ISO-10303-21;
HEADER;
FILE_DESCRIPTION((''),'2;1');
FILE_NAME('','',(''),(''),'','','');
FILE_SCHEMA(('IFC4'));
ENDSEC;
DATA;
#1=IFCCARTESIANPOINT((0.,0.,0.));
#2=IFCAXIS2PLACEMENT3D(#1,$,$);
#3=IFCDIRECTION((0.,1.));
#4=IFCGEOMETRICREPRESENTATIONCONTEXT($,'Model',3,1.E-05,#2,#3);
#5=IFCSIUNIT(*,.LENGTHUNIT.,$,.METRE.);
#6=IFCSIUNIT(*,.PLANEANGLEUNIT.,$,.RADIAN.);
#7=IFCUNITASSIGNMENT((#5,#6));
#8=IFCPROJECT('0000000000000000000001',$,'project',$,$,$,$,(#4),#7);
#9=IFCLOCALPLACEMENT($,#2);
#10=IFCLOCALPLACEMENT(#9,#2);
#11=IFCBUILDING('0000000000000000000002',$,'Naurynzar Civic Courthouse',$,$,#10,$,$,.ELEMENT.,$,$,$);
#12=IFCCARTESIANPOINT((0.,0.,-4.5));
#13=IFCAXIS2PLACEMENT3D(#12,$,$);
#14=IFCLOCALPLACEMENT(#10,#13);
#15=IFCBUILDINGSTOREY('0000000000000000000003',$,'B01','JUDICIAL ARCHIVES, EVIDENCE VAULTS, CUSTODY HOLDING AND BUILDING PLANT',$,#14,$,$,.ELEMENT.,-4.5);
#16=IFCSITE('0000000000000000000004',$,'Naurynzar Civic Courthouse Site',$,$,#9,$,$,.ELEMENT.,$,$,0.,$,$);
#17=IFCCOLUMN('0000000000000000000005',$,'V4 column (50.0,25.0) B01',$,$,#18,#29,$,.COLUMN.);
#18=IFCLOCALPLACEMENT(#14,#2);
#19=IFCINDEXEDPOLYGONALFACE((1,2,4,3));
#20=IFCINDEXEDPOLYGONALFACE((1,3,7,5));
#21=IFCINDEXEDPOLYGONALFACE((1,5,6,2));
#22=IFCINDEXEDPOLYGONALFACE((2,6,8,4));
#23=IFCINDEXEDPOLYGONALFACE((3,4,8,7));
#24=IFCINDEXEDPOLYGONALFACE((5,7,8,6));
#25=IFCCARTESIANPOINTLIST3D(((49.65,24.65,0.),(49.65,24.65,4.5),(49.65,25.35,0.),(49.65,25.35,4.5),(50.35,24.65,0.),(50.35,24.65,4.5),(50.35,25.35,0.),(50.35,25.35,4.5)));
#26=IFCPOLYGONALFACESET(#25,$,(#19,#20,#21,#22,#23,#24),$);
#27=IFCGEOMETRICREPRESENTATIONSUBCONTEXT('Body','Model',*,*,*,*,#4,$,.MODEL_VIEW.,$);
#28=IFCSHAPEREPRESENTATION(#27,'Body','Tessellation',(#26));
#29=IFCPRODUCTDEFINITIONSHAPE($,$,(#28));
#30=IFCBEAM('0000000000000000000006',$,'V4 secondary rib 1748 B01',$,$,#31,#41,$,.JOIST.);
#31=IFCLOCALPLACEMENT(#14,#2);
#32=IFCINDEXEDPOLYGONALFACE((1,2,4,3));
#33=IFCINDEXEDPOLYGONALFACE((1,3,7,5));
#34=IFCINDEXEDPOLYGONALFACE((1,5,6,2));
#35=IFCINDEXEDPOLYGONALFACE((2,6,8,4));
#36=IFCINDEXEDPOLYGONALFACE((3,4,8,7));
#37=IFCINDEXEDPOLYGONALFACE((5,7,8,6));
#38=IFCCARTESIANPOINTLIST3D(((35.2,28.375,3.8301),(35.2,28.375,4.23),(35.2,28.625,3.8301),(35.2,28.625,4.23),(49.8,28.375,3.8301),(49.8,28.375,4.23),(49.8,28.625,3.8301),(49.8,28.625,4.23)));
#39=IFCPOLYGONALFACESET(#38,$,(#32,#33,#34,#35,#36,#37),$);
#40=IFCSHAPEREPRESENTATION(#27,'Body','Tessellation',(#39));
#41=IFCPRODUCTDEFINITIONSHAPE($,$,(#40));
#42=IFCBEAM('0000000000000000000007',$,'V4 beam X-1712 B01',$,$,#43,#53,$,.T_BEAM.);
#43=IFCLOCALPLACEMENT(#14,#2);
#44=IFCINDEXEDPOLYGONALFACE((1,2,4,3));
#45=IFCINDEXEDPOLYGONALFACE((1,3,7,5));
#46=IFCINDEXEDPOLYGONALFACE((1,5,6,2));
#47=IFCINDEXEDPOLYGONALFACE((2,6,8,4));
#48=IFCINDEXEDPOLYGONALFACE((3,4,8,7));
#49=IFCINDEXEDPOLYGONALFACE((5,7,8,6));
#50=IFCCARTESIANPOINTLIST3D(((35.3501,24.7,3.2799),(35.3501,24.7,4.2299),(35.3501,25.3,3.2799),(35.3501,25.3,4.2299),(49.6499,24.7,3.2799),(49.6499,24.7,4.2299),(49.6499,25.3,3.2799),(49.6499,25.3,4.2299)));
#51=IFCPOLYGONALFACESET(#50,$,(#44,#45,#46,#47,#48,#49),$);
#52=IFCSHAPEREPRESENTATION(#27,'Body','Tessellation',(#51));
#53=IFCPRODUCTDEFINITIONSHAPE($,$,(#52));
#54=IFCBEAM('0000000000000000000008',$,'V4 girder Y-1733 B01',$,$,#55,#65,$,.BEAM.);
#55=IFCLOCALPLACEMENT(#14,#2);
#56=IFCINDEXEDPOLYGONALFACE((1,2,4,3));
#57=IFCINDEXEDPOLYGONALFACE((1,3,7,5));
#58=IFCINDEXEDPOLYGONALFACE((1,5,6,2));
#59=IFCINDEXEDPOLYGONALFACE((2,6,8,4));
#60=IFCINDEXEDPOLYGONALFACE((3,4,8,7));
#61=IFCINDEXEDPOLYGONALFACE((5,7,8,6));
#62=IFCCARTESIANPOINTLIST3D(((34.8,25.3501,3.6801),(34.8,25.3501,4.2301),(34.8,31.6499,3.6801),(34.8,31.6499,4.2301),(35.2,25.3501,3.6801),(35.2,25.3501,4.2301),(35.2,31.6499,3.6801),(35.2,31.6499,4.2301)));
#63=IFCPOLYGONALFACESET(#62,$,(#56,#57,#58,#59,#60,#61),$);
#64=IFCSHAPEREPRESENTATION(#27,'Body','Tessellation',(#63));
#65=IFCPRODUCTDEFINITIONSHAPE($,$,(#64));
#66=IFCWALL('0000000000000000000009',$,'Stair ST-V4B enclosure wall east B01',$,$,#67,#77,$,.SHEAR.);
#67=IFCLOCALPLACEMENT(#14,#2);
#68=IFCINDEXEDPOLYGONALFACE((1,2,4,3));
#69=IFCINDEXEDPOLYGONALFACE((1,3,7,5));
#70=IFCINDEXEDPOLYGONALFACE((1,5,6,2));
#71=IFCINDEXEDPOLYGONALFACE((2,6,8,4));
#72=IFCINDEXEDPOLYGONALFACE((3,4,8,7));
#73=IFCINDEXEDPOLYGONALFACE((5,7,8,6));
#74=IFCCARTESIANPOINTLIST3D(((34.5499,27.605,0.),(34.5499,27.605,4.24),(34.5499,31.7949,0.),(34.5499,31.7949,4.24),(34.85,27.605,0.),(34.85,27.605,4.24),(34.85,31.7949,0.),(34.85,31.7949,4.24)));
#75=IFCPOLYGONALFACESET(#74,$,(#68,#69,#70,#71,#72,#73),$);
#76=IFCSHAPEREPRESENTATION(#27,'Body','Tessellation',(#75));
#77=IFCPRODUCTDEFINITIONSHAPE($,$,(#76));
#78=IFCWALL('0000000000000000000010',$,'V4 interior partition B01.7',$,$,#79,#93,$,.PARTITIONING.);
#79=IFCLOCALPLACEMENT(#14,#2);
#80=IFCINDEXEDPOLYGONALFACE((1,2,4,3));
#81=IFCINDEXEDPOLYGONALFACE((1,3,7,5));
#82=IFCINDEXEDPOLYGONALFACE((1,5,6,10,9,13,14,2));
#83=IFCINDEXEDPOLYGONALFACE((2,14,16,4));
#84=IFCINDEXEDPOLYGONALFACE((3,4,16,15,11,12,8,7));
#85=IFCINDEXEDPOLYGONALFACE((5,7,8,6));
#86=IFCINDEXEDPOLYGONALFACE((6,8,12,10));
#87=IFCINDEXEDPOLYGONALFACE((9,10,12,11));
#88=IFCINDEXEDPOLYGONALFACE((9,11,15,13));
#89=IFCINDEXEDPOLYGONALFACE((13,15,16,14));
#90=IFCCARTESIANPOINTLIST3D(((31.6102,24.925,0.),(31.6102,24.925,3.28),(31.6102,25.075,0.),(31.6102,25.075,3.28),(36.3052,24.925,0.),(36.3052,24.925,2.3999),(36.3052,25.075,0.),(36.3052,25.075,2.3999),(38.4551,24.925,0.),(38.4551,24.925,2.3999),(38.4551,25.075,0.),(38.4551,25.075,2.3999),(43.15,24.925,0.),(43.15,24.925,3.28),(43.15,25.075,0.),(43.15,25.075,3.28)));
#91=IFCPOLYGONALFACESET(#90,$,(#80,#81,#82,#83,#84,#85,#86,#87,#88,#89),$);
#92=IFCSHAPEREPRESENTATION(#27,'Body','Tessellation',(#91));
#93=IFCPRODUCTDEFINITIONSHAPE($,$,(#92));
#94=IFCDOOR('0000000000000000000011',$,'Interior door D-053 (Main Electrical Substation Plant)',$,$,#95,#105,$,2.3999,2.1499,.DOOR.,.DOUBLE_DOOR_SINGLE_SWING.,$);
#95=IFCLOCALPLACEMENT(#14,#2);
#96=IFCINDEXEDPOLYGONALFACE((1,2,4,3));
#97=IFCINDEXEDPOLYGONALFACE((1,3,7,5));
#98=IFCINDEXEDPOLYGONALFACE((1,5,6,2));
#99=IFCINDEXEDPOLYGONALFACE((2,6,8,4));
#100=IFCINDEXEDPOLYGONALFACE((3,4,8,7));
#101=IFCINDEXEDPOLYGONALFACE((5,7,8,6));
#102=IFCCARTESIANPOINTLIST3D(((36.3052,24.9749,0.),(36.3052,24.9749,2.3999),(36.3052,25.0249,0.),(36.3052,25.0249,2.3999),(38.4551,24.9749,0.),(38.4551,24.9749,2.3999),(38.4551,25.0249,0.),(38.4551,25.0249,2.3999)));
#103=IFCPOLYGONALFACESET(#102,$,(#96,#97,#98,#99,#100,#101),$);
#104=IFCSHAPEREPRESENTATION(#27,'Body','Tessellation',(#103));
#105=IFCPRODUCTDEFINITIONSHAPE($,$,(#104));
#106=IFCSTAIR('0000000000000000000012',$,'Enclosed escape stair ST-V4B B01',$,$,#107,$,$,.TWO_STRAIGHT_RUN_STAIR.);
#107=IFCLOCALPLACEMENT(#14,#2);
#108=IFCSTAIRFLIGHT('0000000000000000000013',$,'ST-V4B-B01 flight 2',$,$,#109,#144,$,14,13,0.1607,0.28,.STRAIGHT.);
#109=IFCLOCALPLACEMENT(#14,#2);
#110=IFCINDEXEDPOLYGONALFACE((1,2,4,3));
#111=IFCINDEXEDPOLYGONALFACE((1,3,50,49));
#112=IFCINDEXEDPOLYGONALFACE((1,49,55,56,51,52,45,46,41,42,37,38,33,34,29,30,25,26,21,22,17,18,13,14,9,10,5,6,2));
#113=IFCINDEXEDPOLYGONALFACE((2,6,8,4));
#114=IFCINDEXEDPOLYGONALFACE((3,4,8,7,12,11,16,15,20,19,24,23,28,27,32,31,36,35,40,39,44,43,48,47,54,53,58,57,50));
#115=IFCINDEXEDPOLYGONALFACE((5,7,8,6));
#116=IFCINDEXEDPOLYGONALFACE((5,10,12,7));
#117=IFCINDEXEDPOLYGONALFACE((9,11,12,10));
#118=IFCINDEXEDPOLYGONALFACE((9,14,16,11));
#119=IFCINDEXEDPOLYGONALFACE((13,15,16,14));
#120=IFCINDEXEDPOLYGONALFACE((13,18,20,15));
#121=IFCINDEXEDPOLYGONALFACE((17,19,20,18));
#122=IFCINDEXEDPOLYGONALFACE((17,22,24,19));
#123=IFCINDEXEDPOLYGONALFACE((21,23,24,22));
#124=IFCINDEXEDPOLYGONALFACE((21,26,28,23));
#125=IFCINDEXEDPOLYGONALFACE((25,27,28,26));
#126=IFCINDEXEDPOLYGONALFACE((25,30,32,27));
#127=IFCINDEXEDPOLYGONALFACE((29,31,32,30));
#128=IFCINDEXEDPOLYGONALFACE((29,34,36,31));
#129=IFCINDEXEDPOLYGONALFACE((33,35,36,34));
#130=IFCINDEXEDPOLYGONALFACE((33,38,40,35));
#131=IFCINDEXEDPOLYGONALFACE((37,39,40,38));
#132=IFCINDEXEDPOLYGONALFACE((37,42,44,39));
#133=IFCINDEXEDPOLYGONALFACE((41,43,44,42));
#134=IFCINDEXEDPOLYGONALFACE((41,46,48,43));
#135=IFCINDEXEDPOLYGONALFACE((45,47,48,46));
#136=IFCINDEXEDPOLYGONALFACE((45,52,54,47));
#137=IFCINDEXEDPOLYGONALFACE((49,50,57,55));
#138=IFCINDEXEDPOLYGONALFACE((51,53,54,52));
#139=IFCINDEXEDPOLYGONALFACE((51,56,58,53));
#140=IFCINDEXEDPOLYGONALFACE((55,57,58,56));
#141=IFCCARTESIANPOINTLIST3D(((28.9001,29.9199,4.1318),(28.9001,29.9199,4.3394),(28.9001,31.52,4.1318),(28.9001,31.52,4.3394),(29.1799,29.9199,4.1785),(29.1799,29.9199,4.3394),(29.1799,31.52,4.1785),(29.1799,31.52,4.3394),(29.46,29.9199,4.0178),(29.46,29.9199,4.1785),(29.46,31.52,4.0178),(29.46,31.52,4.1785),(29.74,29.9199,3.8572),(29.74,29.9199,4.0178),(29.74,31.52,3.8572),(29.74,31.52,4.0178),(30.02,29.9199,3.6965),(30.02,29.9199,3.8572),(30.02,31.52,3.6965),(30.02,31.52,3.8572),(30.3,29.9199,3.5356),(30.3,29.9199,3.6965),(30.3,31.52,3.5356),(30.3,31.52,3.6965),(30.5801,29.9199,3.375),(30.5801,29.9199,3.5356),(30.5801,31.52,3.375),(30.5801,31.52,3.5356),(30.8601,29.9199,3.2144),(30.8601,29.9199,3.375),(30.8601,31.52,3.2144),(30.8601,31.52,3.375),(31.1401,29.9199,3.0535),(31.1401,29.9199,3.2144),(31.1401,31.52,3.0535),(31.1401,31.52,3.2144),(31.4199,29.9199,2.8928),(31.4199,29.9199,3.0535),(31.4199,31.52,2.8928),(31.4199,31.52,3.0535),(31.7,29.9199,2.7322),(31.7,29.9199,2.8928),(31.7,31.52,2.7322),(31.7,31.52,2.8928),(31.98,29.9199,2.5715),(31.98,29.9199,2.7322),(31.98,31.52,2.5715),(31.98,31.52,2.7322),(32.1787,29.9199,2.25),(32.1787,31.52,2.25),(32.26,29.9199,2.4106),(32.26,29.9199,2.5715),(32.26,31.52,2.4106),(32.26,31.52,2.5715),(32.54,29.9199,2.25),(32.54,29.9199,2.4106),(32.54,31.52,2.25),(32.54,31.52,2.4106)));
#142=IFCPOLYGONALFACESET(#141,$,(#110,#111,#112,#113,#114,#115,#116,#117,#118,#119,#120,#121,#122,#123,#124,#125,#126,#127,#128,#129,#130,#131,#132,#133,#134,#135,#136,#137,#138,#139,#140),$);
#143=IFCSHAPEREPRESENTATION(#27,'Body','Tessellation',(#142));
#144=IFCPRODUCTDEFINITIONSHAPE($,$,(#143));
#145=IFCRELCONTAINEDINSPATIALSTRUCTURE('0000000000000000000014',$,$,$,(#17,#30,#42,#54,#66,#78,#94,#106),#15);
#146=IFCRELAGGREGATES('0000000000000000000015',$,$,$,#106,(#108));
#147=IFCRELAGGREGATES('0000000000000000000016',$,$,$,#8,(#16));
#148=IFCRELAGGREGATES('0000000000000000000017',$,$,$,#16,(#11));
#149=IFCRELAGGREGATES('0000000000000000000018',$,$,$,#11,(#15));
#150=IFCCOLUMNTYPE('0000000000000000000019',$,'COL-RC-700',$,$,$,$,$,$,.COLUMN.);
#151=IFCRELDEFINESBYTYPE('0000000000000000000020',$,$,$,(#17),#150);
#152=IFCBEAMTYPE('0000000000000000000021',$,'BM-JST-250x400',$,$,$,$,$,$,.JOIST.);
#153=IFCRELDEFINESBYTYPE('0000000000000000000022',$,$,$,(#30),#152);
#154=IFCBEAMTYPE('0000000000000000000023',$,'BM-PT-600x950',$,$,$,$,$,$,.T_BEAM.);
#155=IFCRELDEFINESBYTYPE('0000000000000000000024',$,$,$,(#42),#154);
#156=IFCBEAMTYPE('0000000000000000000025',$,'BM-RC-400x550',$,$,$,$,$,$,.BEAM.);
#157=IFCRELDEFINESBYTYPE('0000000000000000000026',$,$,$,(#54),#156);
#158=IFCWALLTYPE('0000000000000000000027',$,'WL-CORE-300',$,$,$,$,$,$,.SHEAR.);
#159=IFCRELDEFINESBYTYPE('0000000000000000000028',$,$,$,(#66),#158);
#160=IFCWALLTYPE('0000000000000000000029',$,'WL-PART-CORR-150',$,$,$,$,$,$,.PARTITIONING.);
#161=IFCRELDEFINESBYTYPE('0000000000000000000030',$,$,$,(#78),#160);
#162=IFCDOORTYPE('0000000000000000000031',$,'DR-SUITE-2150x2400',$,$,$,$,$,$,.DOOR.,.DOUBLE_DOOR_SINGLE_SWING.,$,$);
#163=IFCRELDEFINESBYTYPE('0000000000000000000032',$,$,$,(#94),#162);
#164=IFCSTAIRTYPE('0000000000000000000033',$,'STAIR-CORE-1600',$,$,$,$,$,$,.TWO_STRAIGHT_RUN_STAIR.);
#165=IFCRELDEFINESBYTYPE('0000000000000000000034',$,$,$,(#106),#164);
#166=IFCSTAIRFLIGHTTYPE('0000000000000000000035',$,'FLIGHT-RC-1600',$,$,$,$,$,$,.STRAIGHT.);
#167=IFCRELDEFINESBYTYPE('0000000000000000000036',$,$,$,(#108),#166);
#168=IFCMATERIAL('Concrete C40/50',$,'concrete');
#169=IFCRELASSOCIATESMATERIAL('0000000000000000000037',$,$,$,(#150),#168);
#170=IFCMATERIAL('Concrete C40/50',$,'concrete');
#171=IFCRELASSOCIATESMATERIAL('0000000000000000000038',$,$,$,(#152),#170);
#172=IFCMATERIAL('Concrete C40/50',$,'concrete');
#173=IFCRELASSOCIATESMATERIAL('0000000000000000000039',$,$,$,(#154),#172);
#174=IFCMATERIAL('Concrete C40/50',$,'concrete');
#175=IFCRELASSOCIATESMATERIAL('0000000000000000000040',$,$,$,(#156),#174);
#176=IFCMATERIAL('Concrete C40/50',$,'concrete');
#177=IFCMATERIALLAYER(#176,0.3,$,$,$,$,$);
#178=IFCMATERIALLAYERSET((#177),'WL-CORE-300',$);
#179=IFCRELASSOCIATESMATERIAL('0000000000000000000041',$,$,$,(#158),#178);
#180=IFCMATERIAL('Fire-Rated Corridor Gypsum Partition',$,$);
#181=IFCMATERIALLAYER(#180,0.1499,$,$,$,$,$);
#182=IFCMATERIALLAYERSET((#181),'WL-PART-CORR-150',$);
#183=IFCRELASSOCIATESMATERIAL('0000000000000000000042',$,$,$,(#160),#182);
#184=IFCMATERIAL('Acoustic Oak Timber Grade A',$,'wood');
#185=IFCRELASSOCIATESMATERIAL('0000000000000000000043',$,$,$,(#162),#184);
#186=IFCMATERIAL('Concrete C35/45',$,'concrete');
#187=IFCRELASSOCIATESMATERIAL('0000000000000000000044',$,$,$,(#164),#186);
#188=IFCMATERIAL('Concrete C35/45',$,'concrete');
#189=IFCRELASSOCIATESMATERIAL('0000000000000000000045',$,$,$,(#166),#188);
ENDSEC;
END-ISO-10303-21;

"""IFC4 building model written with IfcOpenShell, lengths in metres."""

from ifc_helpers import new_model, si_unit, direction, frame, frame_2d, origin, origin_2d, place, context, subcontext, project, spatial, polyline, rectangle, outline, extrude, material, layer, layer_set, material_profile, profile_set, type_object, element, fill, aggregate, save


model = new_model("IFC4")

# Units and contexts
model_context = context("Model", 3, precision=1e-05, world=origin(), true_north=direction((0.0, 1.0)))
body_context = subcontext(model_context, "Body", "Model", "MODEL_VIEW")
ifc_project = project(units=[si_unit("LENGTHUNIT", "METRE"), si_unit("PLANEANGLEUNIT", "RADIAN")], contexts=[model_context])

# Site, building, storey
site_placement = place(None, origin())
site = spatial("IfcSite", under=ifc_project, at=site_placement, Name="Naurynzar Civic Courthouse Site", CompositionType="ELEMENT", RefElevation=0.0)
building_placement = place(site_placement, origin())
building = spatial("IfcBuilding", under=site, at=building_placement, Name="Naurynzar Civic Courthouse", CompositionType="ELEMENT")
storey_placement = place(building_placement, frame((0.0, 0.0, -4.5)))
storey = spatial("IfcBuildingStorey", under=building, at=storey_placement, Name="B01", Description="JUDICIAL ARCHIVES, EVIDENCE VAULTS, CUSTODY HOLDING AND BUILDING PLANT", CompositionType="ELEMENT", Elevation=-4.5)

# Column
ifc_material_1 = material(Name="Concrete C40/50", Category="concrete")
ifc_material_profile_1 = material_profile(ifc_material_1, rectangle(XDim=0.7, YDim=0.7, at=origin_2d()), Name="RC 700x700")
ifc_profile_set_1 = profile_set([ifc_material_profile_1], Name="Concrete C40/50")
column_type = type_object("IfcColumnType", Name="COL-RC-700", PredefinedType="COLUMN", material=ifc_profile_set_1)
for number, where, z_axis, x_axis, name in (
    (1, (50.0, 25.0, 0.0), (0.0, 0.0, 1.0), (1.0, 0.0, 0.0), "V4 column (50.0,25.0) B01"),
):
    element("IfcColumn", number, at=place(storey_placement, frame(where, z_axis=z_axis, x_axis=x_axis)), inside=storey, type_object=column_type, Name=name, PredefinedType="COLUMN", context=body_context, shape_type="SweptSolid", body=[
        extrude(rectangle(XDim=0.7, YDim=0.7, at=origin_2d()), origin(), (0.0, 0.0, 1.0), 4.5),
    ])

# Beams
ifc_material_2 = material(Name="Concrete C40/50", Category="concrete")
ifc_material_profile_2 = material_profile(ifc_material_2, rectangle(XDim=0.25, YDim=0.3999, at=origin_2d()), Name="RCB 250x400")
ifc_profile_set_2 = profile_set([ifc_material_profile_2], Name="Concrete C40/50")
beam_type_1 = type_object("IfcBeamType", Name="BM-JST-250x400", PredefinedType="JOIST", material=ifc_profile_set_2)
beam_1_placement = place(storey_placement, frame((35.2, 28.5, 4.03), z_axis=(1.0, 0.0, 0.0), x_axis=(0.0, 1.0, 0.0)))
element("IfcBeam", 2, at=beam_1_placement, inside=storey, type_object=beam_type_1, Name="V4 secondary rib 1748 B01", PredefinedType="JOIST", context=body_context, shape_type="SweptSolid", body=[
    extrude(rectangle(XDim=0.25, YDim=0.3999, at=origin_2d()), origin(), (0.0, 0.0, 1.0), 14.6001),
])
ifc_material_3 = material(Name="Concrete C40/50", Category="concrete")
ifc_material_profile_3 = material_profile(ifc_material_3, rectangle(XDim=0.6001, YDim=0.95, at=origin_2d()), Name="PTB 600x950")
ifc_profile_set_3 = profile_set([ifc_material_profile_3], Name="Concrete C40/50")
beam_type_2 = type_object("IfcBeamType", Name="BM-PT-600x950", PredefinedType="T_BEAM", material=ifc_profile_set_3)
beam_2_placement = place(storey_placement, frame((35.3501, 25.0, 3.7549), z_axis=(1.0, 0.0, 0.0), x_axis=(0.0, 1.0, 0.0)))
element("IfcBeam", 3, at=beam_2_placement, inside=storey, type_object=beam_type_2, Name="V4 beam X-1712 B01", PredefinedType="T_BEAM", context=body_context, shape_type="SweptSolid", body=[
    extrude(rectangle(XDim=0.6001, YDim=0.95, at=origin_2d()), origin(), (0.0, 0.0, 1.0), 14.2998),
])
ifc_material_4 = material(Name="Concrete C40/50", Category="concrete")
ifc_material_profile_4 = material_profile(ifc_material_4, rectangle(XDim=0.3999, YDim=0.55, at=origin_2d()), Name="RCB 400x550")
ifc_profile_set_4 = profile_set([ifc_material_profile_4], Name="Concrete C40/50")
beam_type_3 = type_object("IfcBeamType", Name="BM-RC-400x550", PredefinedType="BEAM", material=ifc_profile_set_4)
beam_3_placement = place(storey_placement, frame((35.0, 25.3501, 3.9551), z_axis=(0.0, 1.0, 0.0), x_axis=(-1.0, 0.0, 0.0)))
element("IfcBeam", 4, at=beam_3_placement, inside=storey, type_object=beam_type_3, Name="V4 girder Y-1733 B01", PredefinedType="BEAM", context=body_context, shape_type="SweptSolid", body=[
    extrude(rectangle(XDim=0.3999, YDim=0.55, at=origin_2d()), origin(), (0.0, 0.0, 1.0), 6.2998),
])

# Wall
ifc_material_5 = material(Name="Concrete C40/50", Category="concrete")
ifc_layer_1 = layer(ifc_material_5, 0.3)
ifc_layer_set_1 = layer_set([ifc_layer_1], Name="WL-CORE-300")
wall_type_1 = type_object("IfcWallType", Name="WL-CORE-300", PredefinedType="SHEAR", material=ifc_layer_set_1)
wall_1_placement = place(storey_placement, frame((34.7, 27.605, 0.0), z_axis=(0.0, 0.0, 1.0), x_axis=(0.0, 1.0, 0.0)))
element("IfcWall", 5, at=wall_1_placement, inside=storey, type_object=wall_type_1, Name="Stair ST-V4B enclosure wall east B01", PredefinedType="SHEAR", context=body_context, shape_type="SweptSolid", body=[
    extrude(rectangle(XDim=4.1899, YDim=0.3, at=frame_2d((2.095, 0.0))), origin(), (0.0, 0.0, 1.0), 4.24),
])

# Wall, opening, door
ifc_material_6 = material(Name="Fire-Rated Corridor Gypsum Partition")
ifc_layer_2 = layer(ifc_material_6, 0.1499)
ifc_layer_set_2 = layer_set([ifc_layer_2], Name="WL-PART-CORR-150")
wall_type_2 = type_object("IfcWallType", Name="WL-PART-CORR-150", PredefinedType="PARTITIONING", material=ifc_layer_set_2)
wall_2_placement = place(storey_placement, frame((31.6101, 25.0, 0.0), z_axis=(0.0, 0.0, 1.0), x_axis=(1.0, 0.0, 0.0)))
wall_2 = element("IfcWall", 6, at=wall_2_placement, inside=storey, type_object=wall_type_2, Name="V4 interior partition B01.7", PredefinedType="PARTITIONING", context=body_context, shape_type="SweptSolid", body=[
    extrude(rectangle(XDim=11.5398, YDim=0.1499, at=frame_2d((5.77, 0.0))), origin(), (0.0, 0.0, 1.0), 3.28),
])
opening_1_placement = place(wall_2_placement, frame((4.6951, 0.0, 0.0)))
opening_1 = element("IfcOpeningElement", 7, at=opening_1_placement, cuts=wall_2, PredefinedType="OPENING", context=body_context, shape_type="SweptSolid", body=[
    extrude(rectangle(XDim=2.1499, YDim=2.3999, at=frame_2d((1.075, 1.2))), frame((0.0, 0.085, 0.0), z_axis=(0.0, -1.0, 0.0), x_axis=(1.0, 0.0, 0.0)), (0.0, 0.0, 1.0), 0.1699),
])
ifc_material_7 = material(Name="Acoustic Oak Timber Grade A", Category="wood")
door_type_1 = type_object("IfcDoorType", Name="DR-SUITE-2150x2400", OperationType="DOUBLE_DOOR_SINGLE_SWING", PredefinedType="DOOR", material=ifc_material_7)
door_1_placement = place(opening_1_placement, origin())
door_1 = element("IfcDoor", 8, at=door_1_placement, inside=storey, type_object=door_type_1, Name="Interior door D-053 (Main Electrical Substation Plant)", OperationType="DOUBLE_DOOR_SINGLE_SWING", OverallHeight=2.3999, OverallWidth=2.1499, PredefinedType="DOOR", context=body_context, shape_type="SweptSolid", body=[
    extrude(rectangle(XDim=2.1499, YDim=2.3999, at=frame_2d((1.075, 1.2))), frame((0.0, 0.0249, 0.0), z_axis=(0.0, -1.0, 0.0), x_axis=(1.0, 0.0, 0.0)), (0.0, 0.0, 1.0), 0.05),
])
fill(opening_1, door_1)

# Stair, stair flight
ifc_material_8 = material(Name="Concrete C35/45", Category="concrete")
stair_type = type_object("IfcStairType", Name="STAIR-CORE-1600", PredefinedType="TWO_STRAIGHT_RUN_STAIR", material=ifc_material_8)
stair_placement = place(storey_placement, origin())
stair = element("IfcStair", 9, at=stair_placement, inside=storey, type_object=stair_type, Name="Enclosed escape stair ST-V4B B01", PredefinedType="TWO_STRAIGHT_RUN_STAIR")
ifc_material_9 = material(Name="Concrete C35/45", Category="concrete")
stair_flight_type = type_object("IfcStairFlightType", Name="FLIGHT-RC-1600", PredefinedType="STRAIGHT", material=ifc_material_9)
stair_flight_placement = place(storey_placement, frame((32.54, 30.72, 2.25), z_axis=(0.0, 0.0, 1.0), x_axis=(-1.0, 0.0, 0.0)))
stair_flight = element("IfcStairFlight", 10, at=stair_flight_placement, type_object=stair_flight_type, Name="ST-V4B-B01 flight 2", NumberOfRisers=14, NumberOfTreads=13, PredefinedType="STRAIGHT", RiserHeight=0.1607, TreadLength=0.28, context=body_context, shape_type="SweptSolid", body=[
    extrude(outline(polyline([(0.0, 0.0), (0.0, 0.1606), (0.28, 0.1606), (0.28, 0.3215), (0.5601, 0.3215), (0.5601, 0.4822), (0.8401, 0.4822), (0.8401, 0.6428), (1.1201, 0.6428), (1.1201, 0.8035), (1.3999, 0.8035), (1.3999, 0.9644), (1.6799, 0.9644), (1.6799, 1.125), (1.96, 1.125), (1.96, 1.2856), (2.24, 1.2856), (2.24, 1.4465), (2.52, 1.4465), (2.52, 1.6072), (2.8, 1.6072), (2.8, 1.7678), (3.0801, 1.7678), (3.0801, 1.9285), (3.3601, 1.9285), (3.3601, 2.0894), (3.6399, 2.0894), (3.6399, 2.25), (3.6399, 1.8818), (0.3613, 0.0), (0.0, 0.0)])), frame((0.0, 0.8, 0.0), z_axis=(0.0, -1.0, 0.0), x_axis=(1.0, 0.0, 0.0)), (0.0, 0.0, 1.0), 1.6001),
])
aggregate(stair, [stair_flight])

save(model, "model.ifc")
